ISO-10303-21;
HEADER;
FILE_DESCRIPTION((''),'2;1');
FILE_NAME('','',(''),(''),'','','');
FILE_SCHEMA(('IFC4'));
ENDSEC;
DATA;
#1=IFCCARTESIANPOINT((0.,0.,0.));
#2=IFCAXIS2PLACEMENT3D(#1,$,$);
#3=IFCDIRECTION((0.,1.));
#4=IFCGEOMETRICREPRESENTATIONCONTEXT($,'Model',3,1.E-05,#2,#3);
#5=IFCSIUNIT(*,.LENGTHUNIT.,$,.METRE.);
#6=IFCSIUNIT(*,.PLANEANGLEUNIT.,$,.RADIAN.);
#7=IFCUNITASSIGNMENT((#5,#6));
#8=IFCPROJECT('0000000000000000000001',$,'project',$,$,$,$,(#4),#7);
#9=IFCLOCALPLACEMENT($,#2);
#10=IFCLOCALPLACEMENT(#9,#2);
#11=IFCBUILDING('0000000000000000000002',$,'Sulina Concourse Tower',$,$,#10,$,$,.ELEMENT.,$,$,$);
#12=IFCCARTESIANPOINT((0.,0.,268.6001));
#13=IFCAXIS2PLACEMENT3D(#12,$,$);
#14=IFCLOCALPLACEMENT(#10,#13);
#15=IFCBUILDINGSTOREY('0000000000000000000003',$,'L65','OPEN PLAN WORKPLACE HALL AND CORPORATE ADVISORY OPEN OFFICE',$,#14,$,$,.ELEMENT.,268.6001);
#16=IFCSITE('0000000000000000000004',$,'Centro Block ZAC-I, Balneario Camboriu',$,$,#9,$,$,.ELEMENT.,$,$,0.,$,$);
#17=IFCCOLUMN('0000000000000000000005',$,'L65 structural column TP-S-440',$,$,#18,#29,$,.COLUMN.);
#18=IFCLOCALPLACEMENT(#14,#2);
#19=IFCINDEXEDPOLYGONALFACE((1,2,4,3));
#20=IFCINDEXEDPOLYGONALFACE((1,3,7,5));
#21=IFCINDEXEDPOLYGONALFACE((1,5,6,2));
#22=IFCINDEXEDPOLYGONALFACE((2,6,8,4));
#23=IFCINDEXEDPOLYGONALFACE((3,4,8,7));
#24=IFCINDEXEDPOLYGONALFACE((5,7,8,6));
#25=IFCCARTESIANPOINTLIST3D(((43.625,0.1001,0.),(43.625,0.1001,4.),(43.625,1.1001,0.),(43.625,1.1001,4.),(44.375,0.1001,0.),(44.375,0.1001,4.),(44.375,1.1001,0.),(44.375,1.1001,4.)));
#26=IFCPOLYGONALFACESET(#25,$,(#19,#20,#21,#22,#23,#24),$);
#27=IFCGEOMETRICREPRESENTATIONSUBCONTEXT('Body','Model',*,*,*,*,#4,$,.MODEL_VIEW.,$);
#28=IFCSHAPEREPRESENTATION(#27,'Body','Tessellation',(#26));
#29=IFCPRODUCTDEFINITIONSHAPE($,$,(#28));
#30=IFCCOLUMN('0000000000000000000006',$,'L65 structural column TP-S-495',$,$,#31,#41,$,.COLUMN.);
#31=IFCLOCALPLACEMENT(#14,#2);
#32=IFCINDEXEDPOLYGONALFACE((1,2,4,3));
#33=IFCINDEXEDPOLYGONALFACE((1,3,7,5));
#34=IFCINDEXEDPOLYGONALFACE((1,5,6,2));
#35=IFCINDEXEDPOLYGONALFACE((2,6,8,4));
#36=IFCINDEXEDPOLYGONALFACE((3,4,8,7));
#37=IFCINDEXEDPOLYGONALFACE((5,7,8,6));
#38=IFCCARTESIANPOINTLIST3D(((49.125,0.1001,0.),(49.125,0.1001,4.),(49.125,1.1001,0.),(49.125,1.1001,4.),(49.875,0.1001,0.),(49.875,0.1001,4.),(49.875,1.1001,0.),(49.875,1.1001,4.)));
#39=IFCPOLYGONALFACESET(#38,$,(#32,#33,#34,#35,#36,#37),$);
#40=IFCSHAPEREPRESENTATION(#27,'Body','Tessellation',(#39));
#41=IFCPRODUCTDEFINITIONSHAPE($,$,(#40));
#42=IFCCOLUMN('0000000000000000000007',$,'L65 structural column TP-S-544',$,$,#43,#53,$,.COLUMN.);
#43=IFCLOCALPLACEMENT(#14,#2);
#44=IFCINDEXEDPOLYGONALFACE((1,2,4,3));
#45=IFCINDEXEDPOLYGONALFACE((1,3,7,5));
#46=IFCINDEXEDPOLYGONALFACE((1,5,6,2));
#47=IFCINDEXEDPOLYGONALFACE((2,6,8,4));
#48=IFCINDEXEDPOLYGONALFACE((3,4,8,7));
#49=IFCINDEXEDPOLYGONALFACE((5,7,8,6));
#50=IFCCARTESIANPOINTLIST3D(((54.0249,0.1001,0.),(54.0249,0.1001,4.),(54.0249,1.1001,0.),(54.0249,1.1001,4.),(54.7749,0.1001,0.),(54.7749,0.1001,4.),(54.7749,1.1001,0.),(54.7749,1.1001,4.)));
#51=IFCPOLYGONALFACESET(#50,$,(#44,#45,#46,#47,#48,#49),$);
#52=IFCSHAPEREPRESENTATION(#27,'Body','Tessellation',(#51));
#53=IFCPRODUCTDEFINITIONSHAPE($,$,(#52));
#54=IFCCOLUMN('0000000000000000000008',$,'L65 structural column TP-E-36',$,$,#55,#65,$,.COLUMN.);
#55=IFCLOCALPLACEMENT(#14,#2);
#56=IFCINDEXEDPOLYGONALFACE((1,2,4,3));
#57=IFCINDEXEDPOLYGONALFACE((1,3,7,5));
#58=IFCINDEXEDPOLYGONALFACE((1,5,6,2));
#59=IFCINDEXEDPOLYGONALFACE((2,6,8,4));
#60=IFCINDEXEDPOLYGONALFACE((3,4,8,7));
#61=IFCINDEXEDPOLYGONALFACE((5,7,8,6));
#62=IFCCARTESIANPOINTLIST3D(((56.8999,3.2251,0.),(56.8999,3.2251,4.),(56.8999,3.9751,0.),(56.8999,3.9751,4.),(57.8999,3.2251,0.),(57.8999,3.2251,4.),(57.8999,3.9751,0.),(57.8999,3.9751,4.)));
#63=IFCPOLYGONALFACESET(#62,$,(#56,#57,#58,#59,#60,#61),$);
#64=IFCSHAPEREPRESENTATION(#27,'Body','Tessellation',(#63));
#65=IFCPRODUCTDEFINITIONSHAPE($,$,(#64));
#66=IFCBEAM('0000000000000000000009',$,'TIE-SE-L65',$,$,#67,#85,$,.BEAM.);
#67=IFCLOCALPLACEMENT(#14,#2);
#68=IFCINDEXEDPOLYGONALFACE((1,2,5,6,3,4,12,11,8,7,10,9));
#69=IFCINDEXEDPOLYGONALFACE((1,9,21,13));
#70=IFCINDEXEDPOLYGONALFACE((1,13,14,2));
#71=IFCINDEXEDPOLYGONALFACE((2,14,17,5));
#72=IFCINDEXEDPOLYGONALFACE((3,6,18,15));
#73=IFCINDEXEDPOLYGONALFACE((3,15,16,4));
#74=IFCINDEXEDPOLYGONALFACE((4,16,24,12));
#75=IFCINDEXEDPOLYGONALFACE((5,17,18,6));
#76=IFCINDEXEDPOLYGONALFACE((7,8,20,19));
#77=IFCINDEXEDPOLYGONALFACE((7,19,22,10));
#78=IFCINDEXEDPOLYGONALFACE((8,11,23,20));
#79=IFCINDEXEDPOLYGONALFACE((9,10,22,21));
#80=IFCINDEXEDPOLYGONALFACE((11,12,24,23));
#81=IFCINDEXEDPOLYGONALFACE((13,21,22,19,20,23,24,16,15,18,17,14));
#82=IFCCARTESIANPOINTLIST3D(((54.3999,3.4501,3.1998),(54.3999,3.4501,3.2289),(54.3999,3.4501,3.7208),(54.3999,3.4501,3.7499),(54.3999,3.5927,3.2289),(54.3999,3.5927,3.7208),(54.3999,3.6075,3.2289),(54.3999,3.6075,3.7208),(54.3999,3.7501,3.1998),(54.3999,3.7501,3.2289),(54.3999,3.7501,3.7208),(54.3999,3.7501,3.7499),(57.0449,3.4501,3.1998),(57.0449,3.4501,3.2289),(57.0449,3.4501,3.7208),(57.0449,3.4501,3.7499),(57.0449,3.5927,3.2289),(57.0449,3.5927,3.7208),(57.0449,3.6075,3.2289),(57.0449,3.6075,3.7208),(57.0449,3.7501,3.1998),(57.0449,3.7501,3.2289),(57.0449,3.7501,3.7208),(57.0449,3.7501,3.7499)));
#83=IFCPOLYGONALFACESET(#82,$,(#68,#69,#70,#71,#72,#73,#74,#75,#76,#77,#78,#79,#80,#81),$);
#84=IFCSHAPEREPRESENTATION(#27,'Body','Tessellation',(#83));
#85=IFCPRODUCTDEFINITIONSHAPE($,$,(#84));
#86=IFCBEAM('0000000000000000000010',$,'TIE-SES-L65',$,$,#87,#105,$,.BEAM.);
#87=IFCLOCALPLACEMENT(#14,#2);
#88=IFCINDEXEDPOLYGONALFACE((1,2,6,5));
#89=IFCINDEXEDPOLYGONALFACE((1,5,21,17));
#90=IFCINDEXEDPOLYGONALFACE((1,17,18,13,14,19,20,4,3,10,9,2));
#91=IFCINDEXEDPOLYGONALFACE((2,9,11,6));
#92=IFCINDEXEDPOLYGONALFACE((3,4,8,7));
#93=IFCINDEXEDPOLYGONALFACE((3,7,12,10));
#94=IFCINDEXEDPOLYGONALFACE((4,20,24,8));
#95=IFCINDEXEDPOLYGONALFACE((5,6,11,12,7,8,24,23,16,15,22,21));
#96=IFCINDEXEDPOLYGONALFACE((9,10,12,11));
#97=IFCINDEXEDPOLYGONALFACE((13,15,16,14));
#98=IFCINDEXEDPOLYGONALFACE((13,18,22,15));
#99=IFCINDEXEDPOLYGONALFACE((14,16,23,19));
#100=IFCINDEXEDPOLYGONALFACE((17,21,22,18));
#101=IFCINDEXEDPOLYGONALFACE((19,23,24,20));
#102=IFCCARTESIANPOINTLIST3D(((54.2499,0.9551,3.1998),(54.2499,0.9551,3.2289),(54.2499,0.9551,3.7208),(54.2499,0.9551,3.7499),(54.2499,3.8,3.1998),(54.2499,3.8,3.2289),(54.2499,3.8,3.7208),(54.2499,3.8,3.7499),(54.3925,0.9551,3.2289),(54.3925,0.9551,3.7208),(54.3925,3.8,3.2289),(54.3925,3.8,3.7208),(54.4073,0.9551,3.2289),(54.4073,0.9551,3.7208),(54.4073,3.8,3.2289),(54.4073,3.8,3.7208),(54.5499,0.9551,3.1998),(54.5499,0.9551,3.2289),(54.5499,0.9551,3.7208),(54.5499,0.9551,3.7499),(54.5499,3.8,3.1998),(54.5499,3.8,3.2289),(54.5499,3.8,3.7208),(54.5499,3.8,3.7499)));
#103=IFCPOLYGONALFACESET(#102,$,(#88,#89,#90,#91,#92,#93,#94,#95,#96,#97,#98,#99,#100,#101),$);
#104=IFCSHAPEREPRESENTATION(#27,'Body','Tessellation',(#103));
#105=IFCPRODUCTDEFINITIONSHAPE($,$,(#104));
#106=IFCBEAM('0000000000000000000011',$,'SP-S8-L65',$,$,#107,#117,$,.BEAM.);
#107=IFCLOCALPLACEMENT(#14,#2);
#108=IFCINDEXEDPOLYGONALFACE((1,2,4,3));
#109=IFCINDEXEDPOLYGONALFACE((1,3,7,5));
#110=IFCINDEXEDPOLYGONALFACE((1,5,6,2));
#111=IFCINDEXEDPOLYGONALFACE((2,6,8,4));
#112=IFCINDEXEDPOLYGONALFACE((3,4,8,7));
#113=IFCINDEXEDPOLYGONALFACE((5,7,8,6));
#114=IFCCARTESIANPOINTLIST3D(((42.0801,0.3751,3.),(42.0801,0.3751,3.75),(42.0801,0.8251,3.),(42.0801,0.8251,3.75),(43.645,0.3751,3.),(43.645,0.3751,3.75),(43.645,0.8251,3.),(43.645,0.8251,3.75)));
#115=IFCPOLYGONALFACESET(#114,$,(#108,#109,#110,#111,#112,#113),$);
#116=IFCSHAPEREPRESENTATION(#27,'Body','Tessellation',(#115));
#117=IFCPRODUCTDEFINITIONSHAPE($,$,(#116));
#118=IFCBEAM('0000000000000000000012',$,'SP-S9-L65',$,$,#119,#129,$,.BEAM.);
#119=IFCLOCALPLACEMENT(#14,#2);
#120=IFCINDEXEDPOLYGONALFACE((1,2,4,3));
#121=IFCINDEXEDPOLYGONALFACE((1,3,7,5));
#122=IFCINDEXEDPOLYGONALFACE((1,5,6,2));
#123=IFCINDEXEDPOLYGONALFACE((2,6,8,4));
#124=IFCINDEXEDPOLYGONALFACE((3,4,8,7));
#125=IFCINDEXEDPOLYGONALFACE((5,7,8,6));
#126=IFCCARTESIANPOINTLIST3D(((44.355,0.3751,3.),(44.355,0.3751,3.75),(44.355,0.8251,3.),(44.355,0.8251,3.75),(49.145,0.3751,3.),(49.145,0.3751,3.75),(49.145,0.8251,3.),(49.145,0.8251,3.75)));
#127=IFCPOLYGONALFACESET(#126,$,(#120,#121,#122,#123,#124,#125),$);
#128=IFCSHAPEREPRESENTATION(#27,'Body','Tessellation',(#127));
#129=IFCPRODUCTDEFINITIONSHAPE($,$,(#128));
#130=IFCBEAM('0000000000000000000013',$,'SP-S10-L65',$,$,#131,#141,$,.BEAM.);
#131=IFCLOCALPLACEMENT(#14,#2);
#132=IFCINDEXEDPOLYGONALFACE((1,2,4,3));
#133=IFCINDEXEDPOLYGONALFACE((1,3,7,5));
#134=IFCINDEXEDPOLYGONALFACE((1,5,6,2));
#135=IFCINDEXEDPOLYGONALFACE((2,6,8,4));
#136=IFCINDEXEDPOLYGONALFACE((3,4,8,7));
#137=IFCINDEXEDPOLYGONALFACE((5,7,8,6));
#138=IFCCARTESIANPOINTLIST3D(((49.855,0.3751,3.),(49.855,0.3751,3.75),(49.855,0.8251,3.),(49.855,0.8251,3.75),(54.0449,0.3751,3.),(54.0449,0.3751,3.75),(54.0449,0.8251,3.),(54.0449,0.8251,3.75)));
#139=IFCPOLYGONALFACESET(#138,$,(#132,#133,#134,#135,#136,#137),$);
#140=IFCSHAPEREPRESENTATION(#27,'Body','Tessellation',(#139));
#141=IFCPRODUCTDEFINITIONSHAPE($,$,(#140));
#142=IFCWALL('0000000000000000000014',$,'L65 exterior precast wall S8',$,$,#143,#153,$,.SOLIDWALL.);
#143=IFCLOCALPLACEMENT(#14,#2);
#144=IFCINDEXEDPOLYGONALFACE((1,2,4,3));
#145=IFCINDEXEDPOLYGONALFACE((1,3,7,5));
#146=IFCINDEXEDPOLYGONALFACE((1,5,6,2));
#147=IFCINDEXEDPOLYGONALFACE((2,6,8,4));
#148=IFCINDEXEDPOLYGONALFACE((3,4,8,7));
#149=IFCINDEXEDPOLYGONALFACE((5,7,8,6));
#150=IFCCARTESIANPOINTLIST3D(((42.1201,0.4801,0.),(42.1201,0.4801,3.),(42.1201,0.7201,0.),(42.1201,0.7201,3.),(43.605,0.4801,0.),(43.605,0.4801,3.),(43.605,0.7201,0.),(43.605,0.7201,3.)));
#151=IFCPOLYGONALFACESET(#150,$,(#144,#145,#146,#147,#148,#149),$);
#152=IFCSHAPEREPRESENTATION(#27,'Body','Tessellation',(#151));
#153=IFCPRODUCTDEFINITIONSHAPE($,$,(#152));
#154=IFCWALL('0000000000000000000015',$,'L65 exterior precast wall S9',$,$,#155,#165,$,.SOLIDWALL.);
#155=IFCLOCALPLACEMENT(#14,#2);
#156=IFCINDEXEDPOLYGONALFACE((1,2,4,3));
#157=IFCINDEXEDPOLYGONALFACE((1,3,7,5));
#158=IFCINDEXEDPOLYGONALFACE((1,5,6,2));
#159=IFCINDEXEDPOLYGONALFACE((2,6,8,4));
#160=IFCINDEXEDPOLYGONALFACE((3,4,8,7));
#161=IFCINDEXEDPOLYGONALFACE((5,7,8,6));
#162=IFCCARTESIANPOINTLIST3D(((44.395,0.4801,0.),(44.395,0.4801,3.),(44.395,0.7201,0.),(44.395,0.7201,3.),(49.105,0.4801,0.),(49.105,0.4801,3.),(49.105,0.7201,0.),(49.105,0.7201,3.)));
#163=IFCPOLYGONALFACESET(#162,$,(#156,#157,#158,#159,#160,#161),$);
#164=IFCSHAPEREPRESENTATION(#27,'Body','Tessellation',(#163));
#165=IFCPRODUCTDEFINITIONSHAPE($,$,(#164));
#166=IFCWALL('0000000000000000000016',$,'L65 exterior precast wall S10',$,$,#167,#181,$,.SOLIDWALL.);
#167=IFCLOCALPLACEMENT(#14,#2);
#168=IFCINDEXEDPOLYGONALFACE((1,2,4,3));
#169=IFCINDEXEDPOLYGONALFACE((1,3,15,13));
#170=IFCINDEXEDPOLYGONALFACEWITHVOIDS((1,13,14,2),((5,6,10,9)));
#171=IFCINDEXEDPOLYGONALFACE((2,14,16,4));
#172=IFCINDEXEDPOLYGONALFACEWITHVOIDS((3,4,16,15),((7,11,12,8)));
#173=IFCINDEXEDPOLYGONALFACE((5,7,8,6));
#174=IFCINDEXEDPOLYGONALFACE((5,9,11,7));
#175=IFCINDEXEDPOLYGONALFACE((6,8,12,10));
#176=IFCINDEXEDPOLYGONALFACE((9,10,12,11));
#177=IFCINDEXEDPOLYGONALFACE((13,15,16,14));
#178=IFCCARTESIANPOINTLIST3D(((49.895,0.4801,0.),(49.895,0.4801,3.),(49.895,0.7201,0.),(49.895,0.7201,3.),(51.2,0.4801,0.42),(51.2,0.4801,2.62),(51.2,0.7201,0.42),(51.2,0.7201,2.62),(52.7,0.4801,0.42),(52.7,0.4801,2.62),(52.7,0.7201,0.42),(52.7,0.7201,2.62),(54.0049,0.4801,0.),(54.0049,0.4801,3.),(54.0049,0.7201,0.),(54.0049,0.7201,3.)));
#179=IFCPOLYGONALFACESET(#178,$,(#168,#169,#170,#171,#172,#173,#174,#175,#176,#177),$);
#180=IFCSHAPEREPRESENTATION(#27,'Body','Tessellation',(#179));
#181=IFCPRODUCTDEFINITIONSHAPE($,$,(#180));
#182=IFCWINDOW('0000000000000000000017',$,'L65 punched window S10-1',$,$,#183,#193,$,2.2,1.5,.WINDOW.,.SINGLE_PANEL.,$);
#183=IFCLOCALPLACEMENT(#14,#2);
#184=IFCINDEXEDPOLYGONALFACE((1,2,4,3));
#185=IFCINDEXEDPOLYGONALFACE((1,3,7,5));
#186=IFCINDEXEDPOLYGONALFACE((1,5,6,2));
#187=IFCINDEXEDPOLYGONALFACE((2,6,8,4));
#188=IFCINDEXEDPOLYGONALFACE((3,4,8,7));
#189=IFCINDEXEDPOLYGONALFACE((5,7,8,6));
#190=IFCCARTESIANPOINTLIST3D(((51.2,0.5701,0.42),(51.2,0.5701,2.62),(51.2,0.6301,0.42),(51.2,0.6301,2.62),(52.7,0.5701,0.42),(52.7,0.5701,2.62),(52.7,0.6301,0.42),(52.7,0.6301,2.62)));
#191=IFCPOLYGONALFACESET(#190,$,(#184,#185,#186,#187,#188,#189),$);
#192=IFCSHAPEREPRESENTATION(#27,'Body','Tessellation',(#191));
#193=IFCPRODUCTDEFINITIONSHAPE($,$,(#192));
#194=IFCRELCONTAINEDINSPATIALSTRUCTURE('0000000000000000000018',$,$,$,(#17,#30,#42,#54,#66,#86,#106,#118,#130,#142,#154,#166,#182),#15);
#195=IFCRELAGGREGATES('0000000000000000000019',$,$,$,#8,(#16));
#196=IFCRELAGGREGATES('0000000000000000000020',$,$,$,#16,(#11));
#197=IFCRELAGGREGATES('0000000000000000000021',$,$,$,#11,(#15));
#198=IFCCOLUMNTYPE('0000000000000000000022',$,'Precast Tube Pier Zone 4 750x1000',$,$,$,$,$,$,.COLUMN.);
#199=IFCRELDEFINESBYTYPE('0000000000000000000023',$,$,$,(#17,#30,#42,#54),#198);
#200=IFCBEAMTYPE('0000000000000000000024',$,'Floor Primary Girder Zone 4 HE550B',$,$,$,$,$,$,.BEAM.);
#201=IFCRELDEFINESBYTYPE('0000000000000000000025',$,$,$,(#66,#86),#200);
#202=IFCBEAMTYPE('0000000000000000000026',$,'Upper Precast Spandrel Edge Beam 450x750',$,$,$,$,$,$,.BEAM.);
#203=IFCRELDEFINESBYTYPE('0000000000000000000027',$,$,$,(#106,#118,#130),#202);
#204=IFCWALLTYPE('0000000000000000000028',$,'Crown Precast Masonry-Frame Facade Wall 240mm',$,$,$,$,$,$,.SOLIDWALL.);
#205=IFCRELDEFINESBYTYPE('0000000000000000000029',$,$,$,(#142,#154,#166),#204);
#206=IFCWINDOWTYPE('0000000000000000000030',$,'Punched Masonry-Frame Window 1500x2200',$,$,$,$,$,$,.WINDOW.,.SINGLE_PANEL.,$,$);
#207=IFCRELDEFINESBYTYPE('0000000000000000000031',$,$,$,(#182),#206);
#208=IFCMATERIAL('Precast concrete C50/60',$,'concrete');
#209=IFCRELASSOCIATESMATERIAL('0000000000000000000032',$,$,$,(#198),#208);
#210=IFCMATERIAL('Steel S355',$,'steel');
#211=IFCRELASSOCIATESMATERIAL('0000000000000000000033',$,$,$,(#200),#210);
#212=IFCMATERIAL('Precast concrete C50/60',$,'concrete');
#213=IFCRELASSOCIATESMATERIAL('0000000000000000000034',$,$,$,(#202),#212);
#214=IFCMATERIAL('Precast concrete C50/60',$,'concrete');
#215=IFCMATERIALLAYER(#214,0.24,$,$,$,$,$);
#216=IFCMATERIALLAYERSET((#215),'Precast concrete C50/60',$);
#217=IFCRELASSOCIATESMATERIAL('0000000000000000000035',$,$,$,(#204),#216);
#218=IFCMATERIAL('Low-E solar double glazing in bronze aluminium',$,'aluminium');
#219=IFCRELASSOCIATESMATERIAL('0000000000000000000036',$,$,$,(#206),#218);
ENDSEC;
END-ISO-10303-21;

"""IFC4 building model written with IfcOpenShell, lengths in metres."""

from ifc_helpers import new_model, si_unit, direction, frame, frame_2d, origin, origin_2d, place, context, subcontext, project, spatial, rectangle, i_section, extrude, material, layer, layer_set, material_profile, profile_set, type_object, element, fill, save


model = new_model("IFC4")

# Units and contexts
model_context = context("Model", 3, precision=1e-05, world=origin(), true_north=direction((0.0, 1.0)))
body_context = subcontext(model_context, "Body", "Model", "MODEL_VIEW")
ifc_project = project(units=[si_unit("LENGTHUNIT", "METRE"), si_unit("PLANEANGLEUNIT", "RADIAN")], contexts=[model_context])

# Site, building, storey
site_placement = place(None, origin())
site = spatial("IfcSite", under=ifc_project, at=site_placement, Name="Centro Block ZAC-I, Balneario Camboriu", CompositionType="ELEMENT", RefElevation=0.0)
building_placement = place(site_placement, origin())
building = spatial("IfcBuilding", under=site, at=building_placement, Name="Sulina Concourse Tower", CompositionType="ELEMENT")
storey_placement = place(building_placement, frame((0.0, 0.0, 268.6001)))
storey = spatial("IfcBuildingStorey", under=building, at=storey_placement, Name="L65", Description="OPEN PLAN WORKPLACE HALL AND CORPORATE ADVISORY OPEN OFFICE", CompositionType="ELEMENT", Elevation=268.6001)

# Columns
ifc_material_1 = material(Name="Precast concrete C50/60", Category="concrete")
ifc_material_profile_1 = material_profile(ifc_material_1, rectangle(XDim=0.75, YDim=1.0, at=origin_2d()), Name="PC 750x1000")
ifc_profile_set_1 = profile_set([ifc_material_profile_1], Name="Precast concrete C50/60")
column_type = type_object("IfcColumnType", Name="Precast Tube Pier Zone 4 750x1000", PredefinedType="COLUMN", material=ifc_profile_set_1)
for number, where, z_axis, x_axis, name in (
    (1, (44.0, 0.6001, 0.0), (0.0, 0.0, 1.0), (1.0, 0.0, 0.0), "L65 structural column TP-S-440"),
    (2, (49.5, 0.6001, 0.0), (0.0, 0.0, 1.0), (1.0, 0.0, 0.0), "L65 structural column TP-S-495"),
    (3, (54.3999, 0.6001, 0.0), (0.0, 0.0, 1.0), (1.0, 0.0, 0.0), "L65 structural column TP-S-544"),
    (4, (57.3999, 3.6001, 0.0), (0.0, 0.0, 1.0), (0.0, 1.0, 0.0), "L65 structural column TP-E-36"),
):
    element("IfcColumn", number, at=place(storey_placement, frame(where, z_axis=z_axis, x_axis=x_axis)), inside=storey, type_object=column_type, Name=name, PredefinedType="COLUMN", context=body_context, shape_type="SweptSolid", body=[
        extrude(rectangle(XDim=0.75, YDim=1.0, at=origin_2d()), origin(), (0.0, 0.0, 1.0), 4.0),
    ])

# Beams
ifc_material_2 = material(Name="Steel S355", Category="steel")
ifc_material_profile_2 = material_profile(ifc_material_2, i_section(OverallWidth=0.3, OverallDepth=0.55, WebThickness=0.0149, FlangeThickness=0.0291, at=origin_2d()), Name="HE 550 B")
ifc_profile_set_2 = profile_set([ifc_material_profile_2], Name="Steel S355")
beam_type_1 = type_object("IfcBeamType", Name="Floor Primary Girder Zone 4 HE550B", PredefinedType="BEAM", material=ifc_profile_set_2)
beam_1_placement = place(storey_placement, frame((54.3999, 3.6001, 3.4749), z_axis=(1.0, 0.0, 0.0), x_axis=(0.0, 1.0, 0.0)))
element("IfcBeam", 5, at=beam_1_placement, inside=storey, type_object=beam_type_1, Name="TIE-SE-L65", PredefinedType="BEAM", context=body_context, shape_type="SweptSolid", body=[
    extrude(i_section(OverallWidth=0.3, OverallDepth=0.55, WebThickness=0.0149, FlangeThickness=0.0291, at=origin_2d()), origin(), (0.0, 0.0, 1.0), 2.645),
])
beam_2_placement = place(storey_placement, frame((54.3999, 0.9551, 3.4749), z_axis=(0.0, 1.0, 0.0), x_axis=(-1.0, 0.0, 0.0)))
element("IfcBeam", 6, at=beam_2_placement, inside=storey, type_object=beam_type_1, Name="TIE-SES-L65", PredefinedType="BEAM", context=body_context, shape_type="SweptSolid", body=[
    extrude(i_section(OverallWidth=0.3, OverallDepth=0.55, WebThickness=0.0149, FlangeThickness=0.0291, at=origin_2d()), origin(), (0.0, 0.0, 1.0), 2.845),
])
ifc_material_3 = material(Name="Precast concrete C50/60", Category="concrete")
ifc_material_profile_3 = material_profile(ifc_material_3, rectangle(XDim=0.45, YDim=0.75, at=origin_2d()), Name="RC 450x750")
ifc_profile_set_3 = profile_set([ifc_material_profile_3], Name="Precast concrete C50/60")
beam_type_2 = type_object("IfcBeamType", Name="Upper Precast Spandrel Edge Beam 450x750", PredefinedType="BEAM", material=ifc_profile_set_3)
beam_3_placement = place(storey_placement, frame((42.0801, 0.6001, 3.375), z_axis=(1.0, 0.0, 0.0), x_axis=(0.0, 1.0, 0.0)))
element("IfcBeam", 7, at=beam_3_placement, inside=storey, type_object=beam_type_2, Name="SP-S8-L65", PredefinedType="BEAM", context=body_context, shape_type="SweptSolid", body=[
    extrude(rectangle(XDim=0.45, YDim=0.75, at=origin_2d()), origin(), (0.0, 0.0, 1.0), 1.5649),
])
beam_4_placement = place(storey_placement, frame((44.355, 0.6001, 3.375), z_axis=(1.0, 0.0, 0.0), x_axis=(0.0, 1.0, 0.0)))
element("IfcBeam", 8, at=beam_4_placement, inside=storey, type_object=beam_type_2, Name="SP-S9-L65", PredefinedType="BEAM", context=body_context, shape_type="SweptSolid", body=[
    extrude(rectangle(XDim=0.45, YDim=0.75, at=origin_2d()), origin(), (0.0, 0.0, 1.0), 4.79),
])
beam_5_placement = place(storey_placement, frame((49.855, 0.6001, 3.375), z_axis=(1.0, 0.0, 0.0), x_axis=(0.0, 1.0, 0.0)))
element("IfcBeam", 9, at=beam_5_placement, inside=storey, type_object=beam_type_2, Name="SP-S10-L65", PredefinedType="BEAM", context=body_context, shape_type="SweptSolid", body=[
    extrude(rectangle(XDim=0.45, YDim=0.75, at=origin_2d()), origin(), (0.0, 0.0, 1.0), 4.1899),
])

# Walls
ifc_material_4 = material(Name="Precast concrete C50/60", Category="concrete")
ifc_layer_1 = layer(ifc_material_4, 0.24)
ifc_layer_set_1 = layer_set([ifc_layer_1], Name="Precast concrete C50/60")
wall_type_1 = type_object("IfcWallType", Name="Crown Precast Masonry-Frame Facade Wall 240mm", PredefinedType="SOLIDWALL", material=ifc_layer_set_1)
wall_1_placement = place(storey_placement, frame((43.605, 0.6001, 0.0), z_axis=(0.0, 0.0, 1.0), x_axis=(-1.0, 0.0, 0.0)))
element("IfcWall", 10, at=wall_1_placement, inside=storey, type_object=wall_type_1, Name="L65 exterior precast wall S8", PredefinedType="SOLIDWALL", context=body_context, shape_type="SweptSolid", body=[
    extrude(rectangle(XDim=1.4849, YDim=0.24, at=frame_2d((0.7424, 0.0))), origin(), (0.0, 0.0, 1.0), 3.0),
])
wall_2_placement = place(storey_placement, frame((49.105, 0.6001, 0.0), z_axis=(0.0, 0.0, 1.0), x_axis=(-1.0, 0.0, 0.0)))
element("IfcWall", 11, at=wall_2_placement, inside=storey, type_object=wall_type_1, Name="L65 exterior precast wall S9", PredefinedType="SOLIDWALL", context=body_context, shape_type="SweptSolid", body=[
    extrude(rectangle(XDim=4.71, YDim=0.24, at=frame_2d((2.355, 0.0))), origin(), (0.0, 0.0, 1.0), 3.0),
])

# Wall, opening, window
wall_3_placement = place(storey_placement, frame((54.0049, 0.6001, 0.0), z_axis=(0.0, 0.0, 1.0), x_axis=(-1.0, 0.0, 0.0)))
wall_3 = element("IfcWall", 12, at=wall_3_placement, inside=storey, type_object=wall_type_1, Name="L65 exterior precast wall S10", PredefinedType="SOLIDWALL", context=body_context, shape_type="SweptSolid", body=[
    extrude(rectangle(XDim=4.1099, YDim=0.24, at=frame_2d((2.0549, 0.0))), origin(), (0.0, 0.0, 1.0), 3.0),
])
opening_placement = place(wall_3_placement, frame((1.3049, 0.0, 0.4199)))
opening = element("IfcOpeningElement", 13, at=opening_placement, cuts=wall_3, PredefinedType="OPENING", context=body_context, shape_type="SweptSolid", body=[
    extrude(rectangle(XDim=1.5, YDim=2.2, at=frame_2d((0.75, 1.1001))), frame((0.0, 0.1299, 0.0), z_axis=(0.0, -1.0, 0.0), x_axis=(1.0, 0.0, 0.0)), (0.0, 0.0, 1.0), 0.26),
])
ifc_material_5 = material(Name="Low-E solar double glazing in bronze aluminium", Category="aluminium")
window_type = type_object("IfcWindowType", Name="Punched Masonry-Frame Window 1500x2200", PartitioningType="SINGLE_PANEL", PredefinedType="WINDOW", material=ifc_material_5)
window_placement = place(opening_placement, origin())
window = element("IfcWindow", 14, at=window_placement, inside=storey, type_object=window_type, Name="L65 punched window S10-1", OverallHeight=2.2, OverallWidth=1.5, PartitioningType="SINGLE_PANEL", PredefinedType="WINDOW", context=body_context, shape_type="SweptSolid", body=[
    extrude(rectangle(XDim=1.5, YDim=2.2, at=frame_2d((0.75, 1.1001))), frame((0.0, 0.03, 0.0), z_axis=(0.0, -1.0, 0.0), x_axis=(1.0, 0.0, 0.0)), (0.0, 0.0, 1.0), 0.0601),
])
fill(opening, window)

save(model, "model.ifc")
